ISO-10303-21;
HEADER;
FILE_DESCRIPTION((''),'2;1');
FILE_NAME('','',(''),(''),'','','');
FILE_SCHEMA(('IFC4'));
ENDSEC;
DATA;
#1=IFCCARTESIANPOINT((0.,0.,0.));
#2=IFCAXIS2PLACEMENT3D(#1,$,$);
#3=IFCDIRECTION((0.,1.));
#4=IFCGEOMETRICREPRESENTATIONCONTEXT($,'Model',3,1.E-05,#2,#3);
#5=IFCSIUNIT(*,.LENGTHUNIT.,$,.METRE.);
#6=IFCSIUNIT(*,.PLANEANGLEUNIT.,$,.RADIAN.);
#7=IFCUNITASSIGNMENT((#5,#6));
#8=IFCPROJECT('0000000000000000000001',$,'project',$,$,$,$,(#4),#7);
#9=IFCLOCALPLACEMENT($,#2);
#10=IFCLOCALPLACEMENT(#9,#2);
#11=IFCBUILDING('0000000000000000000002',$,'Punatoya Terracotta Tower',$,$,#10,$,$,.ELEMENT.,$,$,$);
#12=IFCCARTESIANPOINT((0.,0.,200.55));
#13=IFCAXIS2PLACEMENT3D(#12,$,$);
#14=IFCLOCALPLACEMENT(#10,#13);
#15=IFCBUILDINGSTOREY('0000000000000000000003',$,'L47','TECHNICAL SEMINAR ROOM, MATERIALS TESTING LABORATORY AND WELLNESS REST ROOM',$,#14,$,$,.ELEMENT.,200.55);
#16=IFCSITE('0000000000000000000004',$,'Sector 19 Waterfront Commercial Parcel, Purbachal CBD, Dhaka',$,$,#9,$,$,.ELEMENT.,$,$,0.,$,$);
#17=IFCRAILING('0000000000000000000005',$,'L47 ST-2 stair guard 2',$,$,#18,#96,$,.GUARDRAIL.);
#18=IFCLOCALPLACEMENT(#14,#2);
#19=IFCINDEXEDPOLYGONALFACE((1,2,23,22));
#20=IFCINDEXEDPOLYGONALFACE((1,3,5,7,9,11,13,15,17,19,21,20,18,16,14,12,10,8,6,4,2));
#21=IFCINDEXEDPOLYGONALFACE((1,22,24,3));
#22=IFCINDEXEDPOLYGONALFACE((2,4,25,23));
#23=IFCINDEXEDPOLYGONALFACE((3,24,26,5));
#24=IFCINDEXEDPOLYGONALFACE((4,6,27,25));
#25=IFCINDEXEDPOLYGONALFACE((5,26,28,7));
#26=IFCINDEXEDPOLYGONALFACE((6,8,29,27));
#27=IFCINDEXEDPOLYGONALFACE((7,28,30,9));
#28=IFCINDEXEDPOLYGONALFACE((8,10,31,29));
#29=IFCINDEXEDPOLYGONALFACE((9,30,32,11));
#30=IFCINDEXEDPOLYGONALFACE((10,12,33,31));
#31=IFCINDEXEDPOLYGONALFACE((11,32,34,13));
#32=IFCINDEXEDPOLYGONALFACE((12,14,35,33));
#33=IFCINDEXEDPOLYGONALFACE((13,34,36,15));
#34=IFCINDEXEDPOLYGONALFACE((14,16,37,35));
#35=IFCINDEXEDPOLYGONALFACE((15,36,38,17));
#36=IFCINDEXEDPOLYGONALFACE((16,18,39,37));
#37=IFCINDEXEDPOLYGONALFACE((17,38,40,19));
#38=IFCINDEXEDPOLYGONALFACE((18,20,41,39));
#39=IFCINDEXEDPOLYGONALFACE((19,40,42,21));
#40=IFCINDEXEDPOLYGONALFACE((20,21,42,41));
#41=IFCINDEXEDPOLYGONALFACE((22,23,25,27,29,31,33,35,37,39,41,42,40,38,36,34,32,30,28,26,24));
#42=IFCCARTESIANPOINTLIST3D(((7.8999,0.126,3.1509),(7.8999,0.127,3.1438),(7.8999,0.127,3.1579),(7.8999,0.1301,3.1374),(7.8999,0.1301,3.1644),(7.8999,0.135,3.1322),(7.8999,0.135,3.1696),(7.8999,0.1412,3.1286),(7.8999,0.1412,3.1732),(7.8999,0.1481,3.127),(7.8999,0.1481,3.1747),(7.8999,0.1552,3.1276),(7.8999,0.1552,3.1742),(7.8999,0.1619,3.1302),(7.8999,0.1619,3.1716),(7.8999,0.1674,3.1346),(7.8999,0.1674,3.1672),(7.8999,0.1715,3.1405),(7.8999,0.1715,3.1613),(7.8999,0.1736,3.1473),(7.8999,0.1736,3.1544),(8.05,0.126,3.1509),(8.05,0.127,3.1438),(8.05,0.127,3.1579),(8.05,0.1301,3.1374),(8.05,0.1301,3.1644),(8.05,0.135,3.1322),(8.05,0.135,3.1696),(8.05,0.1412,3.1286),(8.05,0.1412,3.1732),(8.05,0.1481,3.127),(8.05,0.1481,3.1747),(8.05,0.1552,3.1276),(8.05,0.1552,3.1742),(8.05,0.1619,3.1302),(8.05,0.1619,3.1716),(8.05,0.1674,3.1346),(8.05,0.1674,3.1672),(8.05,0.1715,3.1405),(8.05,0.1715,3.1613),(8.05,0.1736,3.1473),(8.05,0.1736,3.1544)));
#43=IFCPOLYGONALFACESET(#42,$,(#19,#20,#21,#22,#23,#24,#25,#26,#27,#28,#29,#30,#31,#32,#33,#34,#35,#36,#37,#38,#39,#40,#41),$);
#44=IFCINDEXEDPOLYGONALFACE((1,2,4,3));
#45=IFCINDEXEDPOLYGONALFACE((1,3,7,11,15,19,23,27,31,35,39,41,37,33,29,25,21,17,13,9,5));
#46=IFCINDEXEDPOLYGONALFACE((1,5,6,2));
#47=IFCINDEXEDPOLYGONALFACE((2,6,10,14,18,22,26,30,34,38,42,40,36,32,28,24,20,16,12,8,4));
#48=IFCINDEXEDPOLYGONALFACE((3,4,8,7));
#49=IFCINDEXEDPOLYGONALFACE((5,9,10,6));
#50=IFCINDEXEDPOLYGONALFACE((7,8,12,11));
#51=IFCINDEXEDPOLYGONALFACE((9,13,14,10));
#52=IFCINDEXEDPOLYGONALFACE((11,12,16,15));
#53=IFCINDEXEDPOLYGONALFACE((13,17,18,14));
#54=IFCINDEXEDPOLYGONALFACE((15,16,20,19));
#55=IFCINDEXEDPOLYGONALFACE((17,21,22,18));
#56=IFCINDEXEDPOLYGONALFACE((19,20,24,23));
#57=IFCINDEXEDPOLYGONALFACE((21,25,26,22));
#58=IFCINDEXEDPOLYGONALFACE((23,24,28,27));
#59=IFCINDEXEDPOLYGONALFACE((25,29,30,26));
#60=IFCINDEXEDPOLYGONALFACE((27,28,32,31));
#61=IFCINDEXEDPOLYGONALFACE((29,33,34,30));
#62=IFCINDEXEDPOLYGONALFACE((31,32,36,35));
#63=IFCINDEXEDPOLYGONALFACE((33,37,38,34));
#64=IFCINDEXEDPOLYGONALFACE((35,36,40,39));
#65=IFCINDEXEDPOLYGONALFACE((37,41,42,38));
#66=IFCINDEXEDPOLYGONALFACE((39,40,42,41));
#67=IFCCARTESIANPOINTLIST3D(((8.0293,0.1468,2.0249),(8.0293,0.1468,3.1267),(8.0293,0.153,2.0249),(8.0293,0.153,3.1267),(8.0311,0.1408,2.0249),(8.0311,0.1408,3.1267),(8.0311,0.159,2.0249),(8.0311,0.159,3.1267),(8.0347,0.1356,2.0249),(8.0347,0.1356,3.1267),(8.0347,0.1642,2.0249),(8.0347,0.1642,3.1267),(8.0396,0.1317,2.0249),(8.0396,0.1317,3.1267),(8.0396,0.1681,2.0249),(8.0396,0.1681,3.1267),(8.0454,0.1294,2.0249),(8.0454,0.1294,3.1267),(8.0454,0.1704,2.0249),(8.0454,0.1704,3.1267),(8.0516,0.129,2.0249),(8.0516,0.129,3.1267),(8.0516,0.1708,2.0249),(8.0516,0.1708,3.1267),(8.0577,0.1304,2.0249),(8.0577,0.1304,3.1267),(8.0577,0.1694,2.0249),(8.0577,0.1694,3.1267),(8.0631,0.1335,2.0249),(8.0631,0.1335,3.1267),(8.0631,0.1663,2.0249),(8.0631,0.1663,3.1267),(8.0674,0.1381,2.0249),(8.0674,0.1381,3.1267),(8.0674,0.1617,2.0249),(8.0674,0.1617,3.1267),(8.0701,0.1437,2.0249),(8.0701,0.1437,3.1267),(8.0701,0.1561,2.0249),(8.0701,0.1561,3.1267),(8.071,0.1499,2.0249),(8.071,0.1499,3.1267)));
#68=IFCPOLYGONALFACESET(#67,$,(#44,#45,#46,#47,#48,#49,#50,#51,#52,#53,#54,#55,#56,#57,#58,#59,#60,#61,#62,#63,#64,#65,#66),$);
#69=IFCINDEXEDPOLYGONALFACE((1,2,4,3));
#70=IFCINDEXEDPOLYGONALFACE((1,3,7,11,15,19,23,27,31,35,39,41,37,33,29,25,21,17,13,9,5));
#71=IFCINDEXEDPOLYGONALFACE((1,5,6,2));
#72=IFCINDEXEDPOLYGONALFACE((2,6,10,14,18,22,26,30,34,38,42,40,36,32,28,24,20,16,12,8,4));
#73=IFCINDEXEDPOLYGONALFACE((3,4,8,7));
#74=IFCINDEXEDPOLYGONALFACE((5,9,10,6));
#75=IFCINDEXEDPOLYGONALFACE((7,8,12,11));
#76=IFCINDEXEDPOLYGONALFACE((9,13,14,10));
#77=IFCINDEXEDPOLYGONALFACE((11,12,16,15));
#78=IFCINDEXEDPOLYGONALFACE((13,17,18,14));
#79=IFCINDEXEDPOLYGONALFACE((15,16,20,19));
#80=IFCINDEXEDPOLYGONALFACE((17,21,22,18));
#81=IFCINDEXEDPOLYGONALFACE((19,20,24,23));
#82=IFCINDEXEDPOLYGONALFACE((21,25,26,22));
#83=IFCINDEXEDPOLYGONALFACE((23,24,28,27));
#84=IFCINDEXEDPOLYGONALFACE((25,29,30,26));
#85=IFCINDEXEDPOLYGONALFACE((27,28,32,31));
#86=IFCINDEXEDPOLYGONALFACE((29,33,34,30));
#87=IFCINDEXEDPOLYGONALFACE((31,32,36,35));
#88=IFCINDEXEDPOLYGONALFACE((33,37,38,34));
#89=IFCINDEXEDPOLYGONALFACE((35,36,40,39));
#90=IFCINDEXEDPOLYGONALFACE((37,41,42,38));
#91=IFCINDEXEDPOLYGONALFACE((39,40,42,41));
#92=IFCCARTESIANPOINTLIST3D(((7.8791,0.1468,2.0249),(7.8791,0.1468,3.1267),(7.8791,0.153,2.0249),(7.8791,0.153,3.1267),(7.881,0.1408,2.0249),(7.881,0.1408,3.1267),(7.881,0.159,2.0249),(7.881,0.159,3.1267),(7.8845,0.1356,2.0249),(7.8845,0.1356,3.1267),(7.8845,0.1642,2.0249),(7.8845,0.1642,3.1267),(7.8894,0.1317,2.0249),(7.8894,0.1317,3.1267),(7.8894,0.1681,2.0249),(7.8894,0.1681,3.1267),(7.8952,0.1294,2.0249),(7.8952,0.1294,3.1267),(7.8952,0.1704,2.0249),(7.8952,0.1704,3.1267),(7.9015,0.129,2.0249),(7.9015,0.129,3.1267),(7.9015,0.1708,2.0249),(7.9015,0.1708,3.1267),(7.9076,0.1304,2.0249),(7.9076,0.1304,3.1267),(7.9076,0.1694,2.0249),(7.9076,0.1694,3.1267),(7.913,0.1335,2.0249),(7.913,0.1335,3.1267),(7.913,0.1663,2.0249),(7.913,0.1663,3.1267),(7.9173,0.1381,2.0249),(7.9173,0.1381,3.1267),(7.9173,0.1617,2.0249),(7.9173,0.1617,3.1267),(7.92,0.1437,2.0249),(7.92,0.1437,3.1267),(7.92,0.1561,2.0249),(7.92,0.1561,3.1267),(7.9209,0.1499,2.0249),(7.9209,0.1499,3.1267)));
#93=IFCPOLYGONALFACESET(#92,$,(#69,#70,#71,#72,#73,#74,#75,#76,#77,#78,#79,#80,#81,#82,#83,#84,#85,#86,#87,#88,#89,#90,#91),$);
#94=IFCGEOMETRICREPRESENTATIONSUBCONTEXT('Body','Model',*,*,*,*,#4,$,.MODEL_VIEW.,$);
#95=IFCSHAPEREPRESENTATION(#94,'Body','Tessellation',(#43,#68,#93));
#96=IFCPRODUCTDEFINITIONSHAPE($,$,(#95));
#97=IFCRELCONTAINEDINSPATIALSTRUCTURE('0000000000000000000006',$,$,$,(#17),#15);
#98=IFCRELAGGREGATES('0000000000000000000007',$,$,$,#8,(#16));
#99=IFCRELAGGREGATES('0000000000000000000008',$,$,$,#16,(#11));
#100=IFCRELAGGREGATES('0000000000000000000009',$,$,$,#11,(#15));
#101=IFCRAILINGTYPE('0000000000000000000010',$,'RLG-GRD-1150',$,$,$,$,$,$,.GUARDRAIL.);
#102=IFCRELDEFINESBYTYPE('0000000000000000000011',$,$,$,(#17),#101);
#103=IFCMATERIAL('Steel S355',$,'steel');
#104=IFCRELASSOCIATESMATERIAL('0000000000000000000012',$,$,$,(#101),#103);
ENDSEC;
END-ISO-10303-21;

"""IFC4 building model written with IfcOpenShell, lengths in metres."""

from ifc_helpers import new_model, si_unit, direction, frame, origin, origin_2d, place, context, subcontext, project, spatial, circle, extrude, material, type_object, element, save


model = new_model("IFC4")

# Units and contexts
model_context = context("Model", 3, precision=1e-05, world=origin(), true_north=direction((0.0, 1.0)))
body_context = subcontext(model_context, "Body", "Model", "MODEL_VIEW")
ifc_project = project(units=[si_unit("LENGTHUNIT", "METRE"), si_unit("PLANEANGLEUNIT", "RADIAN")], contexts=[model_context])

# Site, building, storey
site_placement = place(None, origin())
site = spatial("IfcSite", under=ifc_project, at=site_placement, Name="Sector 19 Waterfront Commercial Parcel, Purbachal CBD, Dhaka", CompositionType="ELEMENT", RefElevation=0.0)
building_placement = place(site_placement, origin())
building = spatial("IfcBuilding", under=site, at=building_placement, Name="Punatoya Terracotta Tower", CompositionType="ELEMENT")
storey_placement = place(building_placement, frame((0.0, 0.0, 200.55)))
storey = spatial("IfcBuildingStorey", under=building, at=storey_placement, Name="L47", Description="TECHNICAL SEMINAR ROOM, MATERIALS TESTING LABORATORY AND WELLNESS REST ROOM", CompositionType="ELEMENT", Elevation=200.55)

# Shared definitions
ifc_material_1 = material(Name="Steel S355", Category="steel")

# Railing
railing_type = type_object("IfcRailingType", Name="RLG-GRD-1150", PredefinedType="GUARDRAIL", material=ifc_material_1)
railing_placement = place(storey_placement, frame((8.05, 0.1499, 2.0249)))
element("IfcRailing", 1, at=railing_placement, inside=storey, type_object=railing_type, Name="L47 ST-2 stair guard 2", PredefinedType="GUARDRAIL", context=body_context, shape_type="SweptSolid", body=[
    extrude(circle(Radius=0.0239, at=origin_2d()), frame((0.0, 0.0, 1.126), z_axis=(-1.0, 0.0, 0.0), x_axis=(0.0, -1.0, 0.0)), (0.0, 0.0, 1.0), 0.1501),
    extrude(circle(Radius=0.021, at=origin_2d()), origin(), (0.0, 0.0, 1.0), 1.1018),
    extrude(circle(Radius=0.021, at=origin_2d()), frame((-0.1501, 0.0, 0.0)), (0.0, 0.0, 1.0), 1.1018),
])

save(model, "model.ifc")
